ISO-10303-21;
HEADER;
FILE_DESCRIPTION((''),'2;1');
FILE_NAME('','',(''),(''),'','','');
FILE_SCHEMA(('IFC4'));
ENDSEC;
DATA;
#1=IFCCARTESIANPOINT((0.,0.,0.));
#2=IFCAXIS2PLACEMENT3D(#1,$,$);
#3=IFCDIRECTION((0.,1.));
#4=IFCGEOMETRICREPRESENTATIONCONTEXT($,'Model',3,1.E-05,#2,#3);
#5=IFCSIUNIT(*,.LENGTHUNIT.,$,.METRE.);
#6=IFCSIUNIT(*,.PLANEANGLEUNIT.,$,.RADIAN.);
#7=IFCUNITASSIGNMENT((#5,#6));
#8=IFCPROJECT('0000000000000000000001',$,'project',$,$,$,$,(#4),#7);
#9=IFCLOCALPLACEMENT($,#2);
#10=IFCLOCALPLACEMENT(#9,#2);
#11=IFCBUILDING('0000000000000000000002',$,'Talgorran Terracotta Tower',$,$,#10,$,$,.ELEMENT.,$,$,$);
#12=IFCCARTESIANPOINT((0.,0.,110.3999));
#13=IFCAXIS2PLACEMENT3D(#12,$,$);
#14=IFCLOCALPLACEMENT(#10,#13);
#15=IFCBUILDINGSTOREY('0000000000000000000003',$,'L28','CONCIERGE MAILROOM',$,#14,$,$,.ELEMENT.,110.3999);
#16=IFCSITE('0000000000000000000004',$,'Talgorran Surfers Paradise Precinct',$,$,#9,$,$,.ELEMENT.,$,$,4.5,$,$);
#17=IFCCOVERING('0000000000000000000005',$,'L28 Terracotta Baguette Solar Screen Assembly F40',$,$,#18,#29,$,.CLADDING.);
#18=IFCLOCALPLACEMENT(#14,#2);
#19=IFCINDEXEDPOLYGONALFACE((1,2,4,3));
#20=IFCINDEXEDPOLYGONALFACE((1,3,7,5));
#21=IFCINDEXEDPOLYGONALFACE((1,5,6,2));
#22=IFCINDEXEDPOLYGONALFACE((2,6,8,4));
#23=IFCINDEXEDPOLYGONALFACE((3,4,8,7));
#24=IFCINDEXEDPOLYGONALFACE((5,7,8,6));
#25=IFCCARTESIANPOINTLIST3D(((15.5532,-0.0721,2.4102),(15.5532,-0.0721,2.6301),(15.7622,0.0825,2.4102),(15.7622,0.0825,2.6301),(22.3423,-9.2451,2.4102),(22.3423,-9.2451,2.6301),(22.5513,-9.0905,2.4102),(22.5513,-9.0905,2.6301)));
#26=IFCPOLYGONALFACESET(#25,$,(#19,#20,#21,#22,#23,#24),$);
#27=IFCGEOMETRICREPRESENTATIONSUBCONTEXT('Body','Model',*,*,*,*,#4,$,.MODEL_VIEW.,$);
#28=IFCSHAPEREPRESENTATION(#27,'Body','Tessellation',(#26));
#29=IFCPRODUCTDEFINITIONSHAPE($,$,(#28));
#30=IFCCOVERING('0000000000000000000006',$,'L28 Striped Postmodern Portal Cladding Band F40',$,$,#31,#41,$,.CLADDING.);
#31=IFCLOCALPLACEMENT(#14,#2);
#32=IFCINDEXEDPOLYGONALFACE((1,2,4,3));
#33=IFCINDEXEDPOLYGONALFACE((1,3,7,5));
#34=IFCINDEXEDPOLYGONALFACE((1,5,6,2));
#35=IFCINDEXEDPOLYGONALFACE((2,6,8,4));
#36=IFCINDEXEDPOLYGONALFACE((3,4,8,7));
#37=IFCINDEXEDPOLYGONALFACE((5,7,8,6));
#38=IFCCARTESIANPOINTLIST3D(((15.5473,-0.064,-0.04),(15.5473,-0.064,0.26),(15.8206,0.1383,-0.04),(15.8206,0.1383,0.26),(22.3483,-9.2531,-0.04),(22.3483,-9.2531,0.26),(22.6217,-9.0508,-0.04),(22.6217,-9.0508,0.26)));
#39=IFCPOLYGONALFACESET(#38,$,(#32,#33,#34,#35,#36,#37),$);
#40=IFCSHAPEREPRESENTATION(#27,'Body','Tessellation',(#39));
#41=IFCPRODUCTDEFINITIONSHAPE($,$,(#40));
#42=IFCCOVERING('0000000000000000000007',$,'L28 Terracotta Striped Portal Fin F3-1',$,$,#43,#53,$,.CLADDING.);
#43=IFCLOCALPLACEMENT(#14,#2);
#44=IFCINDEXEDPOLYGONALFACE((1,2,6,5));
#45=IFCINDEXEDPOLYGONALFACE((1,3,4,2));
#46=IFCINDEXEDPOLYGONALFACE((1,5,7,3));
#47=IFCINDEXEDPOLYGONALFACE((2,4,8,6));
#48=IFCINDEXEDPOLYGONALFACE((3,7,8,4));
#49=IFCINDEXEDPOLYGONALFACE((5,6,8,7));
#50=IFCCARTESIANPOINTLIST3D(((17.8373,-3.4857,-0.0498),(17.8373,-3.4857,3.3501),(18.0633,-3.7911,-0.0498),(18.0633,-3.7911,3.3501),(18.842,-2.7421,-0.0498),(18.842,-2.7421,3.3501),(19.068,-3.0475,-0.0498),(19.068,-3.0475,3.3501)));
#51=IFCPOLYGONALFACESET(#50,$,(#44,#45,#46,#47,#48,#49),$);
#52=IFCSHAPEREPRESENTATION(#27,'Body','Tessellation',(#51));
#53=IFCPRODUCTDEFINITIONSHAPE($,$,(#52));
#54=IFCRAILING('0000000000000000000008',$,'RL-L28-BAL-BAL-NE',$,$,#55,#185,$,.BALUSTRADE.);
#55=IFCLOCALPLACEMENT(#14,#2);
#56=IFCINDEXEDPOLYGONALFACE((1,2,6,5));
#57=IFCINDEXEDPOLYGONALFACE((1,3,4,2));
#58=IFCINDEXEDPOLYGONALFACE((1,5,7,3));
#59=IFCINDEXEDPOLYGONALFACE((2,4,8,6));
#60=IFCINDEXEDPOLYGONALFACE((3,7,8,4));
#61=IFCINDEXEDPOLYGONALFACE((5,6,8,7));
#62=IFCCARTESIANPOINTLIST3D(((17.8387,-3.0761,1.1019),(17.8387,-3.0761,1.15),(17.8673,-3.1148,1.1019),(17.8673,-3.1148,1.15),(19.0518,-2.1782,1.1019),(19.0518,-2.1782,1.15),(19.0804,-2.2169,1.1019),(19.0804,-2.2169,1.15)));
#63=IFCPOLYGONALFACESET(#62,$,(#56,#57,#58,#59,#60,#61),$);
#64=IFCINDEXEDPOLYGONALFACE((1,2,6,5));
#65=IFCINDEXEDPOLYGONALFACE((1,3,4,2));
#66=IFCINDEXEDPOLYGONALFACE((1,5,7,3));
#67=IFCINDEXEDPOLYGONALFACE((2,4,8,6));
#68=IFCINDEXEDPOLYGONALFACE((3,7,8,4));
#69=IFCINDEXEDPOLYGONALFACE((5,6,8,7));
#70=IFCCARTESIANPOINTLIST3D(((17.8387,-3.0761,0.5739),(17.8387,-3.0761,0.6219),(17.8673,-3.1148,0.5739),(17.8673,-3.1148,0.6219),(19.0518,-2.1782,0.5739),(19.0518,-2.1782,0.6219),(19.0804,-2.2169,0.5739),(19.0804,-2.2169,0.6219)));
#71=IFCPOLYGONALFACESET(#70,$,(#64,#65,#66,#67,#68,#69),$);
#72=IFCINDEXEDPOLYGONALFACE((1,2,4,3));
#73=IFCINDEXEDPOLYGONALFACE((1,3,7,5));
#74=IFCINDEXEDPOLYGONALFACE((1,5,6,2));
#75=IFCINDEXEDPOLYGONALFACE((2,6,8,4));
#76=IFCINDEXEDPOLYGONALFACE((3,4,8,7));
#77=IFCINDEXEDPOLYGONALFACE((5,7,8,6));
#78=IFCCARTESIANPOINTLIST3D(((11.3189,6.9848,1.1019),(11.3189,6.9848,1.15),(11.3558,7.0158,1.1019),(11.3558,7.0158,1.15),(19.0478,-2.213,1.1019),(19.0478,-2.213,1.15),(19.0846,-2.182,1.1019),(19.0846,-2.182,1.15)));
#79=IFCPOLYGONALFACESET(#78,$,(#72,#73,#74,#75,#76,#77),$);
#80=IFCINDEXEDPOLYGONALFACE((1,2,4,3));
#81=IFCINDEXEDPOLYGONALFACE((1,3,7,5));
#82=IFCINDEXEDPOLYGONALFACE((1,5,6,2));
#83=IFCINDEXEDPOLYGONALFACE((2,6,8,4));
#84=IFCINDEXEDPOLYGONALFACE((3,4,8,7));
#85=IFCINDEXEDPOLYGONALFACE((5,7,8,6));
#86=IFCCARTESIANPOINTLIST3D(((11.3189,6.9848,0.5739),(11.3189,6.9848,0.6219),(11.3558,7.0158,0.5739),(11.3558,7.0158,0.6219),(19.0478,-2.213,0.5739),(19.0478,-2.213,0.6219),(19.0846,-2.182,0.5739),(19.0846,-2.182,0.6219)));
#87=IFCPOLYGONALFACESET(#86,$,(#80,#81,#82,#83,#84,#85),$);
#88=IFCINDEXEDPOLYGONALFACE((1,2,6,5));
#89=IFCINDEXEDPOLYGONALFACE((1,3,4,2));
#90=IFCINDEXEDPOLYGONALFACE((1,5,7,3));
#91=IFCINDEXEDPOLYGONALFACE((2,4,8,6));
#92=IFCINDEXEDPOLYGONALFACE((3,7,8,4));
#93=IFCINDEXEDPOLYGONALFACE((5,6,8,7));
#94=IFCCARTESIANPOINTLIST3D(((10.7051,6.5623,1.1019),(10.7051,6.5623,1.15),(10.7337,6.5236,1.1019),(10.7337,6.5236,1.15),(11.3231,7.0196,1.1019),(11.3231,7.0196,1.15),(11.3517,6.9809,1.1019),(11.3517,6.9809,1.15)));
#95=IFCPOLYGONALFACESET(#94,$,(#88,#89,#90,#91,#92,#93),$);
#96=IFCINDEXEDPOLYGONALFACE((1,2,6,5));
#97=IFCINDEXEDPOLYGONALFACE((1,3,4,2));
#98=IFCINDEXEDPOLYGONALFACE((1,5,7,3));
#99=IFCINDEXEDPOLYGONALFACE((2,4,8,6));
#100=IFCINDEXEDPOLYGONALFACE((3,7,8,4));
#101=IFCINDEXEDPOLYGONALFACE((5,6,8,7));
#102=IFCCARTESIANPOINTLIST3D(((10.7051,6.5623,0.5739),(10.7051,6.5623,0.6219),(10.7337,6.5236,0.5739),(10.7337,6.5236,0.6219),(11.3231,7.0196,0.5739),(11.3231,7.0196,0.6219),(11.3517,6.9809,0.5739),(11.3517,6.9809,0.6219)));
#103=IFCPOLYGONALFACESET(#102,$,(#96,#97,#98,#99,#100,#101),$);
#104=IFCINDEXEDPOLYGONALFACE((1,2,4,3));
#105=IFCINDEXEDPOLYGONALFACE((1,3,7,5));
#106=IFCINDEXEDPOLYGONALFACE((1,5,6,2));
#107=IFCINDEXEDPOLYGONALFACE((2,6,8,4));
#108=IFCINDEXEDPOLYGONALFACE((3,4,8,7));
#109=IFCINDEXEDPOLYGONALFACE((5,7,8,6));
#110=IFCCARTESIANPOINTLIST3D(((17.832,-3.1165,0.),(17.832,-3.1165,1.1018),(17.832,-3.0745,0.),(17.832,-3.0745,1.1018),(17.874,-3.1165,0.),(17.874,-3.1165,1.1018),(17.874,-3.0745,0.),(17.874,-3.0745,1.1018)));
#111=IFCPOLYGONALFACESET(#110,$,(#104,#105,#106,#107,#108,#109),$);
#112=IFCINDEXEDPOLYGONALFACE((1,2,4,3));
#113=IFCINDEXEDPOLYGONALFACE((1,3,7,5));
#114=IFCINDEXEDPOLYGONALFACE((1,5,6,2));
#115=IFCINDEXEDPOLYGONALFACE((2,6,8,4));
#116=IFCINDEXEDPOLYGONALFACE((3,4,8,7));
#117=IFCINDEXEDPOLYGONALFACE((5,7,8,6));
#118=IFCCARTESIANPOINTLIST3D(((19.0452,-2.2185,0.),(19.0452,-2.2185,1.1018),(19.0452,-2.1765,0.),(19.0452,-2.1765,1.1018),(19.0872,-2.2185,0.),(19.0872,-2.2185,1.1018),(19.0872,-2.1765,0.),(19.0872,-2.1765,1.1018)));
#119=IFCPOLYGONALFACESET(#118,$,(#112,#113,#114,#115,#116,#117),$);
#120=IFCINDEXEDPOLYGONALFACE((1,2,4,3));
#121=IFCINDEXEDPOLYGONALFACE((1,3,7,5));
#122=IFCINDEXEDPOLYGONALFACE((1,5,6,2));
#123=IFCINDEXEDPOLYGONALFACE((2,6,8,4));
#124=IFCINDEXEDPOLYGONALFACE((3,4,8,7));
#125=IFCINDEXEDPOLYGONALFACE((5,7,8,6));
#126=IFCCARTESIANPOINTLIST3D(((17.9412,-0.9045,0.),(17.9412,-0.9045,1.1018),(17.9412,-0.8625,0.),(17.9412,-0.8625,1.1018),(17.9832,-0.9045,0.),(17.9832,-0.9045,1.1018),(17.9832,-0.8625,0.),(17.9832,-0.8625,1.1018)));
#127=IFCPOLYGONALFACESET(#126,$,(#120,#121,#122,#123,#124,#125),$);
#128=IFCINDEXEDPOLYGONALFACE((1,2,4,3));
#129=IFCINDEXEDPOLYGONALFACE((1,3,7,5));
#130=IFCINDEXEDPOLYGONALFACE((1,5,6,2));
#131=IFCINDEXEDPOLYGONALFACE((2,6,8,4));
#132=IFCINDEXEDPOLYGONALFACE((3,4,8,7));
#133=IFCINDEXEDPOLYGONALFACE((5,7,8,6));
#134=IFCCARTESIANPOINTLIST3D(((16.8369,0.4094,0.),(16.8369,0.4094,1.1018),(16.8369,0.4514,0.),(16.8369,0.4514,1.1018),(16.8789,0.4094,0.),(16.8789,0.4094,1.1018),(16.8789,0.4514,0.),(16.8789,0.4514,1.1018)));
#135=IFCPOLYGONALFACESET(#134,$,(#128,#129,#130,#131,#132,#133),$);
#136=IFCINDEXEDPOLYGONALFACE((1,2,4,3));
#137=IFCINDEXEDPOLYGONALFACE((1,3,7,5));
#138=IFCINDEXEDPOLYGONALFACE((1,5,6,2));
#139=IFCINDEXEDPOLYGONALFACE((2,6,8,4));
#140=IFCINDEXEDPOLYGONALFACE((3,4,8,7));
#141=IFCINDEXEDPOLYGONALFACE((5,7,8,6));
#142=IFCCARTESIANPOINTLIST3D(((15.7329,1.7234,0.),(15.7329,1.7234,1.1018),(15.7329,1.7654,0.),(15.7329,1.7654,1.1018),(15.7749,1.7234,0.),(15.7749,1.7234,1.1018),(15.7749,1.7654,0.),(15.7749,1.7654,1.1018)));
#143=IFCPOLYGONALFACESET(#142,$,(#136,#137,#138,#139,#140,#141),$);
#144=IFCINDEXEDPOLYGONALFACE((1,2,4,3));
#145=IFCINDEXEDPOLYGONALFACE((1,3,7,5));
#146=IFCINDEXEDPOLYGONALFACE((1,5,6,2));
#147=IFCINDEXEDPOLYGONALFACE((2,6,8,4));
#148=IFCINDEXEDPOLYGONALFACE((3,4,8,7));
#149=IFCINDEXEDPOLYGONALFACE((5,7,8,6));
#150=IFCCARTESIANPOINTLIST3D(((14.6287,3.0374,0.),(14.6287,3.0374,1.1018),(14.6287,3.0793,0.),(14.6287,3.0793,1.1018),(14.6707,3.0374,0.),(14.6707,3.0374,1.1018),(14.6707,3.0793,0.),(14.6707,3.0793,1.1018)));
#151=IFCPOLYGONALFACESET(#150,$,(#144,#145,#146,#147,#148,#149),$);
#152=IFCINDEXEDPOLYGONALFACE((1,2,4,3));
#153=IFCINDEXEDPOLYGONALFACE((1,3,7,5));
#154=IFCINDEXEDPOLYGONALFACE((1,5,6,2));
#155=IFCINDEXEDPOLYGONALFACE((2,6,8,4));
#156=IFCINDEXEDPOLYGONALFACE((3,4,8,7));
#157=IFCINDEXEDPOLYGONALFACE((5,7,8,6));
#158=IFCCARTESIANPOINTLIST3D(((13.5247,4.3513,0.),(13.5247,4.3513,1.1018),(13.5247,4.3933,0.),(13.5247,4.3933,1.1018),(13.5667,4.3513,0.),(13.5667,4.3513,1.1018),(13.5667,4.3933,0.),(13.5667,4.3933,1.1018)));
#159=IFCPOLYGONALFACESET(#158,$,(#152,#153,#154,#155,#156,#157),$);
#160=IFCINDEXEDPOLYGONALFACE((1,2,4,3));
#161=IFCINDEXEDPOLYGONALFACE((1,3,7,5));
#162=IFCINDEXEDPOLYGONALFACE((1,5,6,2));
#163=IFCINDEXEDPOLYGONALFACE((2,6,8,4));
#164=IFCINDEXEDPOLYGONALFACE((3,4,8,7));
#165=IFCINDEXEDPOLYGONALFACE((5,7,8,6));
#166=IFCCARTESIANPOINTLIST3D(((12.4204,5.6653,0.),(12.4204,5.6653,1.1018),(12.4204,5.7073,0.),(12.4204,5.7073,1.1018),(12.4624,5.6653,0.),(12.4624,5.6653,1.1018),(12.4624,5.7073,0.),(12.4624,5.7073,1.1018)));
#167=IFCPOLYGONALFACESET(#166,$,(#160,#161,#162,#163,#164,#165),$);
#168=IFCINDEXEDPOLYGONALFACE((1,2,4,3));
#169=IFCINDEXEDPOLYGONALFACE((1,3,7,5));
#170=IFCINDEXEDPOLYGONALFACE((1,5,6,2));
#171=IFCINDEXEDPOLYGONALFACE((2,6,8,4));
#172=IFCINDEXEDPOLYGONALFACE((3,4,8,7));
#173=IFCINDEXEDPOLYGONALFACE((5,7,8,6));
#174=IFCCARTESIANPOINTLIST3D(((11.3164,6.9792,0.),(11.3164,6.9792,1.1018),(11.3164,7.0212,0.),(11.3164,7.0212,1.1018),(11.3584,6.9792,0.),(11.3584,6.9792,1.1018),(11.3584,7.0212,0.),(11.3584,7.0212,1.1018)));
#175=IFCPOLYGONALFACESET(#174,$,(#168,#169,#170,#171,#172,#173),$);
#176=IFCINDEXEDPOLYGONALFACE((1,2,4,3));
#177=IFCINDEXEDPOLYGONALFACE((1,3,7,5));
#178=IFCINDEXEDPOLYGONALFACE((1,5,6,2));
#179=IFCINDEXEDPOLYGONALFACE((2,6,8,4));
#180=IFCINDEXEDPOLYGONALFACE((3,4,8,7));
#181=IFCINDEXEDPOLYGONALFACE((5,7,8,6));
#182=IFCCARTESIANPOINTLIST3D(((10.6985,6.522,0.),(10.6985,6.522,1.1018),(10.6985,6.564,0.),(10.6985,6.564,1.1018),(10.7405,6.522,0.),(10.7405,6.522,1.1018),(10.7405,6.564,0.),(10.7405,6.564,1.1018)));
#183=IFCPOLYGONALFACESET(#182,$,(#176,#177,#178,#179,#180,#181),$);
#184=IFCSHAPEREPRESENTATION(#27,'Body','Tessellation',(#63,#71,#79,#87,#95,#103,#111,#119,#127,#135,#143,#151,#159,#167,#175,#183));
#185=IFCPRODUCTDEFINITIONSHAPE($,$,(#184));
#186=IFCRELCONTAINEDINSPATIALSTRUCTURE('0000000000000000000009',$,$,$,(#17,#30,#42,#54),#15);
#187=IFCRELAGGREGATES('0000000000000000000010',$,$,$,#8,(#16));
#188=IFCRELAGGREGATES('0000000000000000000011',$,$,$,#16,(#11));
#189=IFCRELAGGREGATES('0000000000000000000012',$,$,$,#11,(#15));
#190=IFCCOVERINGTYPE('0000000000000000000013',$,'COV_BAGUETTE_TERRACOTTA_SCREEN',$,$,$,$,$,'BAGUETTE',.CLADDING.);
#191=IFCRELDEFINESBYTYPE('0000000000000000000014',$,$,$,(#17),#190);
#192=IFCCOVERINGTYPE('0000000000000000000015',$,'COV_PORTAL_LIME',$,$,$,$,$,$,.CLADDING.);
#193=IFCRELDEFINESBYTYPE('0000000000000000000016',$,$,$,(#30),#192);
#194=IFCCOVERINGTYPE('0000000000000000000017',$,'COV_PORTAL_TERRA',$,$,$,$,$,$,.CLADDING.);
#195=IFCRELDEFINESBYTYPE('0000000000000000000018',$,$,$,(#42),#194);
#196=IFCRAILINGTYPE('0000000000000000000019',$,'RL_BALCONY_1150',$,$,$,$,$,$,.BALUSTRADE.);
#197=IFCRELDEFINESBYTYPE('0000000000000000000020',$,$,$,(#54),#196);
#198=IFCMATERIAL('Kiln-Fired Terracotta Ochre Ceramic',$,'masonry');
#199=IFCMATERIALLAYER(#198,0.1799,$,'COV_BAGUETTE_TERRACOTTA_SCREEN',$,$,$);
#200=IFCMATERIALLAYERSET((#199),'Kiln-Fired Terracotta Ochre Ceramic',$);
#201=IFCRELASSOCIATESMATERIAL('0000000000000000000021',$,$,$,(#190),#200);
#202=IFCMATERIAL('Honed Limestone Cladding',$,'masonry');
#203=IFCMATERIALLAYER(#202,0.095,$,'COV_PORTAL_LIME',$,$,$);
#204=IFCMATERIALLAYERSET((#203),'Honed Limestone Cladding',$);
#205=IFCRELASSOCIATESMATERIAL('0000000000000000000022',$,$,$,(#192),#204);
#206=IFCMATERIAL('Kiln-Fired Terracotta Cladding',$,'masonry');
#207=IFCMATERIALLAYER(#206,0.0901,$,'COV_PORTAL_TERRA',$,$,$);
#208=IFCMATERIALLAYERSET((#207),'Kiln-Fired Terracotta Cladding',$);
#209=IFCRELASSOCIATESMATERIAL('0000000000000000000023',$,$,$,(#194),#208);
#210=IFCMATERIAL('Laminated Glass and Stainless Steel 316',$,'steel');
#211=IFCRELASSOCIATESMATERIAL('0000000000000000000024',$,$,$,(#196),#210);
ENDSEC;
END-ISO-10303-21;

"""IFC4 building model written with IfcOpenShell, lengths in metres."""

from ifc_helpers import new_model, si_unit, direction, frame, origin, origin_2d, place, context, subcontext, project, spatial, rectangle, extrude, material, layer, layer_set, type_object, element, save


model = new_model("IFC4")

# Units and contexts
model_context = context("Model", 3, precision=1e-05, world=origin(), true_north=direction((0.0, 1.0)))
body_context = subcontext(model_context, "Body", "Model", "MODEL_VIEW")
ifc_project = project(units=[si_unit("LENGTHUNIT", "METRE"), si_unit("PLANEANGLEUNIT", "RADIAN")], contexts=[model_context])

# Site, building, storey
site_placement = place(None, origin())
site = spatial("IfcSite", under=ifc_project, at=site_placement, Name="Talgorran Surfers Paradise Precinct", CompositionType="ELEMENT", RefElevation=4.5)
building_placement = place(site_placement, origin())
building = spatial("IfcBuilding", under=site, at=building_placement, Name="Talgorran Terracotta Tower", CompositionType="ELEMENT")
storey_placement = place(building_placement, frame((0.0, 0.0, 110.3999)))
storey = spatial("IfcBuildingStorey", under=building, at=storey_placement, Name="L28", Description="CONCIERGE MAILROOM", CompositionType="ELEMENT", Elevation=110.3999)

# Coverings
ifc_material_1 = material(Name="Kiln-Fired Terracotta Ochre Ceramic", Category="masonry")
ifc_layer_1 = layer(ifc_material_1, 0.1799, Name="COV_BAGUETTE_TERRACOTTA_SCREEN")
ifc_layer_set_1 = layer_set([ifc_layer_1], Name="Kiln-Fired Terracotta Ochre Ceramic")
covering_type_1 = type_object("IfcCoveringType", Name="COV_BAGUETTE_TERRACOTTA_SCREEN", ElementType="BAGUETTE", PredefinedType="CLADDING", material=ifc_layer_set_1)
covering_1_placement = place(storey_placement, frame((19.0522, -4.5813, 2.4102), z_axis=(0.0, 0.0, 1.0), x_axis=(-0.594907, 0.803795, 0.0)))
element("IfcCovering", 1, at=covering_1_placement, inside=storey, type_object=covering_type_1, Name="L28 Terracotta Baguette Solar Screen Assembly F40", PredefinedType="CLADDING", context=body_context, shape_type="SweptSolid", body=[
    extrude(rectangle(XDim=11.4121, YDim=0.26, at=origin_2d()), origin(), (0.0, 0.0, 1.0), 0.22),
])
ifc_material_2 = material(Name="Honed Limestone Cladding", Category="masonry")
ifc_layer_2 = layer(ifc_material_2, 0.095, Name="COV_PORTAL_LIME")
ifc_layer_set_2 = layer_set([ifc_layer_2], Name="Honed Limestone Cladding")
covering_type_2 = type_object("IfcCoveringType", Name="COV_PORTAL_LIME", PredefinedType="CLADDING", material=ifc_layer_set_2)
covering_2_placement = place(storey_placement, frame((19.0845, -4.5574, -0.04), z_axis=(0.0, 0.0, 1.0), x_axis=(-0.594907, 0.803795, 0.0)))
element("IfcCovering", 2, at=covering_2_placement, inside=storey, type_object=covering_type_2, Name="L28 Striped Postmodern Portal Cladding Band F40", PredefinedType="CLADDING", context=body_context, shape_type="SweptSolid", body=[
    extrude(rectangle(XDim=11.4321, YDim=0.3401, at=origin_2d()), origin(), (0.0, 0.0, 1.0), 0.3),
])
ifc_material_3 = material(Name="Kiln-Fired Terracotta Cladding", Category="masonry")
ifc_layer_3 = layer(ifc_material_3, 0.0901, Name="COV_PORTAL_TERRA")
ifc_layer_set_3 = layer_set([ifc_layer_3], Name="Kiln-Fired Terracotta Cladding")
covering_type_3 = type_object("IfcCoveringType", Name="COV_PORTAL_TERRA", PredefinedType="CLADDING", material=ifc_layer_set_3)
covering_3_placement = place(storey_placement, frame((18.4526, -3.2666, -0.0498), z_axis=(0.0, 0.0, 1.0), x_axis=(-0.594907, 0.803795, 0.0)))
element("IfcCovering", 3, at=covering_3_placement, inside=storey, type_object=covering_type_3, Name="L28 Terracotta Striped Portal Fin F3-1", PredefinedType="CLADDING", context=body_context, shape_type="SweptSolid", body=[
    extrude(rectangle(XDim=0.3799, YDim=1.25, at=origin_2d()), origin(), (0.0, 0.0, 1.0), 3.3999),
])

# Railing
ifc_material_4 = material(Name="Laminated Glass and Stainless Steel 316", Category="steel")
railing_type = type_object("IfcRailingType", Name="RL_BALCONY_1150", PredefinedType="BALUSTRADE", material=ifc_material_4)
railing_placement = place(storey_placement, frame((17.853, -3.0955, 0.0)))
element("IfcRailing", 4, at=railing_placement, inside=storey, type_object=railing_type, Name="RL-L28-BAL-BAL-NE", PredefinedType="BALUSTRADE", context=body_context, shape_type="SweptSolid", body=[
    extrude(rectangle(XDim=0.0481, YDim=0.0481, at=origin_2d()), frame((0.0, 0.0, 1.126), z_axis=(0.803769, 0.594941, 0.0), x_axis=(-0.594941, 0.803769, 0.0)), (0.0, 0.0, 1.0), 1.5093),
    extrude(rectangle(XDim=0.0481, YDim=0.0481, at=origin_2d()), frame((0.0, 0.0, 0.5979), z_axis=(0.803769, 0.594941, 0.0), x_axis=(-0.594941, 0.803769, 0.0)), (0.0, 0.0, 1.0), 1.5093),
    extrude(rectangle(XDim=0.0481, YDim=0.0481, at=origin_2d()), frame((1.2131, 0.8979, 1.126), z_axis=(-0.643321, 0.765596, 0.0), x_axis=(-0.765596, -0.643321, 0.0)), (0.0, 0.0, 1.0), 12.0139),
    extrude(rectangle(XDim=0.0481, YDim=0.0481, at=origin_2d()), frame((1.2131, 0.8979, 0.5979), z_axis=(-0.643321, 0.765596, 0.0), x_axis=(-0.765596, -0.643321, 0.0)), (0.0, 0.0, 1.0), 12.0139),
    extrude(rectangle(XDim=0.0481, YDim=0.0481, at=origin_2d()), frame((-6.5156, 10.0957, 1.126), z_axis=(-0.803833, -0.594855, 0.0), x_axis=(0.594855, -0.803833, 0.0)), (0.0, 0.0, 1.0), 0.7688),
    extrude(rectangle(XDim=0.0481, YDim=0.0481, at=origin_2d()), frame((-6.5156, 10.0957, 0.5979), z_axis=(-0.803833, -0.594855, 0.0), x_axis=(0.594855, -0.803833, 0.0)), (0.0, 0.0, 1.0), 0.7688),
    extrude(rectangle(XDim=0.042, YDim=0.042, at=origin_2d()), origin(), (0.0, 0.0, 1.0), 1.1018),
    extrude(rectangle(XDim=0.042, YDim=0.042, at=origin_2d()), frame((1.2131, 0.8979, 0.0)), (0.0, 0.0, 1.0), 1.1018),
    extrude(rectangle(XDim=0.042, YDim=0.042, at=origin_2d()), frame((0.1091, 2.2119, 0.0)), (0.0, 0.0, 1.0), 1.1018),
    extrude(rectangle(XDim=0.042, YDim=0.042, at=origin_2d()), frame((-0.9951, 3.5259, 0.0)), (0.0, 0.0, 1.0), 1.1018),
    extrude(rectangle(XDim=0.042, YDim=0.042, at=origin_2d()), frame((-2.0991, 4.8398, 0.0)), (0.0, 0.0, 1.0), 1.1018),
    extrude(rectangle(XDim=0.042, YDim=0.042, at=origin_2d()), frame((-3.2034, 6.1538, 0.0)), (0.0, 0.0, 1.0), 1.1018),
    extrude(rectangle(XDim=0.042, YDim=0.042, at=origin_2d()), frame((-4.3074, 7.4678, 0.0)), (0.0, 0.0, 1.0), 1.1018),
    extrude(rectangle(XDim=0.042, YDim=0.042, at=origin_2d()), frame((-5.4116, 8.7817, 0.0)), (0.0, 0.0, 1.0), 1.1018),
    extrude(rectangle(XDim=0.042, YDim=0.042, at=origin_2d()), frame((-6.5156, 10.0957, 0.0)), (0.0, 0.0, 1.0), 1.1018),
    extrude(rectangle(XDim=0.042, YDim=0.042, at=origin_2d()), frame((-7.1335, 9.6384, 0.0)), (0.0, 0.0, 1.0), 1.1018),
])

save(model, "model.ifc")
